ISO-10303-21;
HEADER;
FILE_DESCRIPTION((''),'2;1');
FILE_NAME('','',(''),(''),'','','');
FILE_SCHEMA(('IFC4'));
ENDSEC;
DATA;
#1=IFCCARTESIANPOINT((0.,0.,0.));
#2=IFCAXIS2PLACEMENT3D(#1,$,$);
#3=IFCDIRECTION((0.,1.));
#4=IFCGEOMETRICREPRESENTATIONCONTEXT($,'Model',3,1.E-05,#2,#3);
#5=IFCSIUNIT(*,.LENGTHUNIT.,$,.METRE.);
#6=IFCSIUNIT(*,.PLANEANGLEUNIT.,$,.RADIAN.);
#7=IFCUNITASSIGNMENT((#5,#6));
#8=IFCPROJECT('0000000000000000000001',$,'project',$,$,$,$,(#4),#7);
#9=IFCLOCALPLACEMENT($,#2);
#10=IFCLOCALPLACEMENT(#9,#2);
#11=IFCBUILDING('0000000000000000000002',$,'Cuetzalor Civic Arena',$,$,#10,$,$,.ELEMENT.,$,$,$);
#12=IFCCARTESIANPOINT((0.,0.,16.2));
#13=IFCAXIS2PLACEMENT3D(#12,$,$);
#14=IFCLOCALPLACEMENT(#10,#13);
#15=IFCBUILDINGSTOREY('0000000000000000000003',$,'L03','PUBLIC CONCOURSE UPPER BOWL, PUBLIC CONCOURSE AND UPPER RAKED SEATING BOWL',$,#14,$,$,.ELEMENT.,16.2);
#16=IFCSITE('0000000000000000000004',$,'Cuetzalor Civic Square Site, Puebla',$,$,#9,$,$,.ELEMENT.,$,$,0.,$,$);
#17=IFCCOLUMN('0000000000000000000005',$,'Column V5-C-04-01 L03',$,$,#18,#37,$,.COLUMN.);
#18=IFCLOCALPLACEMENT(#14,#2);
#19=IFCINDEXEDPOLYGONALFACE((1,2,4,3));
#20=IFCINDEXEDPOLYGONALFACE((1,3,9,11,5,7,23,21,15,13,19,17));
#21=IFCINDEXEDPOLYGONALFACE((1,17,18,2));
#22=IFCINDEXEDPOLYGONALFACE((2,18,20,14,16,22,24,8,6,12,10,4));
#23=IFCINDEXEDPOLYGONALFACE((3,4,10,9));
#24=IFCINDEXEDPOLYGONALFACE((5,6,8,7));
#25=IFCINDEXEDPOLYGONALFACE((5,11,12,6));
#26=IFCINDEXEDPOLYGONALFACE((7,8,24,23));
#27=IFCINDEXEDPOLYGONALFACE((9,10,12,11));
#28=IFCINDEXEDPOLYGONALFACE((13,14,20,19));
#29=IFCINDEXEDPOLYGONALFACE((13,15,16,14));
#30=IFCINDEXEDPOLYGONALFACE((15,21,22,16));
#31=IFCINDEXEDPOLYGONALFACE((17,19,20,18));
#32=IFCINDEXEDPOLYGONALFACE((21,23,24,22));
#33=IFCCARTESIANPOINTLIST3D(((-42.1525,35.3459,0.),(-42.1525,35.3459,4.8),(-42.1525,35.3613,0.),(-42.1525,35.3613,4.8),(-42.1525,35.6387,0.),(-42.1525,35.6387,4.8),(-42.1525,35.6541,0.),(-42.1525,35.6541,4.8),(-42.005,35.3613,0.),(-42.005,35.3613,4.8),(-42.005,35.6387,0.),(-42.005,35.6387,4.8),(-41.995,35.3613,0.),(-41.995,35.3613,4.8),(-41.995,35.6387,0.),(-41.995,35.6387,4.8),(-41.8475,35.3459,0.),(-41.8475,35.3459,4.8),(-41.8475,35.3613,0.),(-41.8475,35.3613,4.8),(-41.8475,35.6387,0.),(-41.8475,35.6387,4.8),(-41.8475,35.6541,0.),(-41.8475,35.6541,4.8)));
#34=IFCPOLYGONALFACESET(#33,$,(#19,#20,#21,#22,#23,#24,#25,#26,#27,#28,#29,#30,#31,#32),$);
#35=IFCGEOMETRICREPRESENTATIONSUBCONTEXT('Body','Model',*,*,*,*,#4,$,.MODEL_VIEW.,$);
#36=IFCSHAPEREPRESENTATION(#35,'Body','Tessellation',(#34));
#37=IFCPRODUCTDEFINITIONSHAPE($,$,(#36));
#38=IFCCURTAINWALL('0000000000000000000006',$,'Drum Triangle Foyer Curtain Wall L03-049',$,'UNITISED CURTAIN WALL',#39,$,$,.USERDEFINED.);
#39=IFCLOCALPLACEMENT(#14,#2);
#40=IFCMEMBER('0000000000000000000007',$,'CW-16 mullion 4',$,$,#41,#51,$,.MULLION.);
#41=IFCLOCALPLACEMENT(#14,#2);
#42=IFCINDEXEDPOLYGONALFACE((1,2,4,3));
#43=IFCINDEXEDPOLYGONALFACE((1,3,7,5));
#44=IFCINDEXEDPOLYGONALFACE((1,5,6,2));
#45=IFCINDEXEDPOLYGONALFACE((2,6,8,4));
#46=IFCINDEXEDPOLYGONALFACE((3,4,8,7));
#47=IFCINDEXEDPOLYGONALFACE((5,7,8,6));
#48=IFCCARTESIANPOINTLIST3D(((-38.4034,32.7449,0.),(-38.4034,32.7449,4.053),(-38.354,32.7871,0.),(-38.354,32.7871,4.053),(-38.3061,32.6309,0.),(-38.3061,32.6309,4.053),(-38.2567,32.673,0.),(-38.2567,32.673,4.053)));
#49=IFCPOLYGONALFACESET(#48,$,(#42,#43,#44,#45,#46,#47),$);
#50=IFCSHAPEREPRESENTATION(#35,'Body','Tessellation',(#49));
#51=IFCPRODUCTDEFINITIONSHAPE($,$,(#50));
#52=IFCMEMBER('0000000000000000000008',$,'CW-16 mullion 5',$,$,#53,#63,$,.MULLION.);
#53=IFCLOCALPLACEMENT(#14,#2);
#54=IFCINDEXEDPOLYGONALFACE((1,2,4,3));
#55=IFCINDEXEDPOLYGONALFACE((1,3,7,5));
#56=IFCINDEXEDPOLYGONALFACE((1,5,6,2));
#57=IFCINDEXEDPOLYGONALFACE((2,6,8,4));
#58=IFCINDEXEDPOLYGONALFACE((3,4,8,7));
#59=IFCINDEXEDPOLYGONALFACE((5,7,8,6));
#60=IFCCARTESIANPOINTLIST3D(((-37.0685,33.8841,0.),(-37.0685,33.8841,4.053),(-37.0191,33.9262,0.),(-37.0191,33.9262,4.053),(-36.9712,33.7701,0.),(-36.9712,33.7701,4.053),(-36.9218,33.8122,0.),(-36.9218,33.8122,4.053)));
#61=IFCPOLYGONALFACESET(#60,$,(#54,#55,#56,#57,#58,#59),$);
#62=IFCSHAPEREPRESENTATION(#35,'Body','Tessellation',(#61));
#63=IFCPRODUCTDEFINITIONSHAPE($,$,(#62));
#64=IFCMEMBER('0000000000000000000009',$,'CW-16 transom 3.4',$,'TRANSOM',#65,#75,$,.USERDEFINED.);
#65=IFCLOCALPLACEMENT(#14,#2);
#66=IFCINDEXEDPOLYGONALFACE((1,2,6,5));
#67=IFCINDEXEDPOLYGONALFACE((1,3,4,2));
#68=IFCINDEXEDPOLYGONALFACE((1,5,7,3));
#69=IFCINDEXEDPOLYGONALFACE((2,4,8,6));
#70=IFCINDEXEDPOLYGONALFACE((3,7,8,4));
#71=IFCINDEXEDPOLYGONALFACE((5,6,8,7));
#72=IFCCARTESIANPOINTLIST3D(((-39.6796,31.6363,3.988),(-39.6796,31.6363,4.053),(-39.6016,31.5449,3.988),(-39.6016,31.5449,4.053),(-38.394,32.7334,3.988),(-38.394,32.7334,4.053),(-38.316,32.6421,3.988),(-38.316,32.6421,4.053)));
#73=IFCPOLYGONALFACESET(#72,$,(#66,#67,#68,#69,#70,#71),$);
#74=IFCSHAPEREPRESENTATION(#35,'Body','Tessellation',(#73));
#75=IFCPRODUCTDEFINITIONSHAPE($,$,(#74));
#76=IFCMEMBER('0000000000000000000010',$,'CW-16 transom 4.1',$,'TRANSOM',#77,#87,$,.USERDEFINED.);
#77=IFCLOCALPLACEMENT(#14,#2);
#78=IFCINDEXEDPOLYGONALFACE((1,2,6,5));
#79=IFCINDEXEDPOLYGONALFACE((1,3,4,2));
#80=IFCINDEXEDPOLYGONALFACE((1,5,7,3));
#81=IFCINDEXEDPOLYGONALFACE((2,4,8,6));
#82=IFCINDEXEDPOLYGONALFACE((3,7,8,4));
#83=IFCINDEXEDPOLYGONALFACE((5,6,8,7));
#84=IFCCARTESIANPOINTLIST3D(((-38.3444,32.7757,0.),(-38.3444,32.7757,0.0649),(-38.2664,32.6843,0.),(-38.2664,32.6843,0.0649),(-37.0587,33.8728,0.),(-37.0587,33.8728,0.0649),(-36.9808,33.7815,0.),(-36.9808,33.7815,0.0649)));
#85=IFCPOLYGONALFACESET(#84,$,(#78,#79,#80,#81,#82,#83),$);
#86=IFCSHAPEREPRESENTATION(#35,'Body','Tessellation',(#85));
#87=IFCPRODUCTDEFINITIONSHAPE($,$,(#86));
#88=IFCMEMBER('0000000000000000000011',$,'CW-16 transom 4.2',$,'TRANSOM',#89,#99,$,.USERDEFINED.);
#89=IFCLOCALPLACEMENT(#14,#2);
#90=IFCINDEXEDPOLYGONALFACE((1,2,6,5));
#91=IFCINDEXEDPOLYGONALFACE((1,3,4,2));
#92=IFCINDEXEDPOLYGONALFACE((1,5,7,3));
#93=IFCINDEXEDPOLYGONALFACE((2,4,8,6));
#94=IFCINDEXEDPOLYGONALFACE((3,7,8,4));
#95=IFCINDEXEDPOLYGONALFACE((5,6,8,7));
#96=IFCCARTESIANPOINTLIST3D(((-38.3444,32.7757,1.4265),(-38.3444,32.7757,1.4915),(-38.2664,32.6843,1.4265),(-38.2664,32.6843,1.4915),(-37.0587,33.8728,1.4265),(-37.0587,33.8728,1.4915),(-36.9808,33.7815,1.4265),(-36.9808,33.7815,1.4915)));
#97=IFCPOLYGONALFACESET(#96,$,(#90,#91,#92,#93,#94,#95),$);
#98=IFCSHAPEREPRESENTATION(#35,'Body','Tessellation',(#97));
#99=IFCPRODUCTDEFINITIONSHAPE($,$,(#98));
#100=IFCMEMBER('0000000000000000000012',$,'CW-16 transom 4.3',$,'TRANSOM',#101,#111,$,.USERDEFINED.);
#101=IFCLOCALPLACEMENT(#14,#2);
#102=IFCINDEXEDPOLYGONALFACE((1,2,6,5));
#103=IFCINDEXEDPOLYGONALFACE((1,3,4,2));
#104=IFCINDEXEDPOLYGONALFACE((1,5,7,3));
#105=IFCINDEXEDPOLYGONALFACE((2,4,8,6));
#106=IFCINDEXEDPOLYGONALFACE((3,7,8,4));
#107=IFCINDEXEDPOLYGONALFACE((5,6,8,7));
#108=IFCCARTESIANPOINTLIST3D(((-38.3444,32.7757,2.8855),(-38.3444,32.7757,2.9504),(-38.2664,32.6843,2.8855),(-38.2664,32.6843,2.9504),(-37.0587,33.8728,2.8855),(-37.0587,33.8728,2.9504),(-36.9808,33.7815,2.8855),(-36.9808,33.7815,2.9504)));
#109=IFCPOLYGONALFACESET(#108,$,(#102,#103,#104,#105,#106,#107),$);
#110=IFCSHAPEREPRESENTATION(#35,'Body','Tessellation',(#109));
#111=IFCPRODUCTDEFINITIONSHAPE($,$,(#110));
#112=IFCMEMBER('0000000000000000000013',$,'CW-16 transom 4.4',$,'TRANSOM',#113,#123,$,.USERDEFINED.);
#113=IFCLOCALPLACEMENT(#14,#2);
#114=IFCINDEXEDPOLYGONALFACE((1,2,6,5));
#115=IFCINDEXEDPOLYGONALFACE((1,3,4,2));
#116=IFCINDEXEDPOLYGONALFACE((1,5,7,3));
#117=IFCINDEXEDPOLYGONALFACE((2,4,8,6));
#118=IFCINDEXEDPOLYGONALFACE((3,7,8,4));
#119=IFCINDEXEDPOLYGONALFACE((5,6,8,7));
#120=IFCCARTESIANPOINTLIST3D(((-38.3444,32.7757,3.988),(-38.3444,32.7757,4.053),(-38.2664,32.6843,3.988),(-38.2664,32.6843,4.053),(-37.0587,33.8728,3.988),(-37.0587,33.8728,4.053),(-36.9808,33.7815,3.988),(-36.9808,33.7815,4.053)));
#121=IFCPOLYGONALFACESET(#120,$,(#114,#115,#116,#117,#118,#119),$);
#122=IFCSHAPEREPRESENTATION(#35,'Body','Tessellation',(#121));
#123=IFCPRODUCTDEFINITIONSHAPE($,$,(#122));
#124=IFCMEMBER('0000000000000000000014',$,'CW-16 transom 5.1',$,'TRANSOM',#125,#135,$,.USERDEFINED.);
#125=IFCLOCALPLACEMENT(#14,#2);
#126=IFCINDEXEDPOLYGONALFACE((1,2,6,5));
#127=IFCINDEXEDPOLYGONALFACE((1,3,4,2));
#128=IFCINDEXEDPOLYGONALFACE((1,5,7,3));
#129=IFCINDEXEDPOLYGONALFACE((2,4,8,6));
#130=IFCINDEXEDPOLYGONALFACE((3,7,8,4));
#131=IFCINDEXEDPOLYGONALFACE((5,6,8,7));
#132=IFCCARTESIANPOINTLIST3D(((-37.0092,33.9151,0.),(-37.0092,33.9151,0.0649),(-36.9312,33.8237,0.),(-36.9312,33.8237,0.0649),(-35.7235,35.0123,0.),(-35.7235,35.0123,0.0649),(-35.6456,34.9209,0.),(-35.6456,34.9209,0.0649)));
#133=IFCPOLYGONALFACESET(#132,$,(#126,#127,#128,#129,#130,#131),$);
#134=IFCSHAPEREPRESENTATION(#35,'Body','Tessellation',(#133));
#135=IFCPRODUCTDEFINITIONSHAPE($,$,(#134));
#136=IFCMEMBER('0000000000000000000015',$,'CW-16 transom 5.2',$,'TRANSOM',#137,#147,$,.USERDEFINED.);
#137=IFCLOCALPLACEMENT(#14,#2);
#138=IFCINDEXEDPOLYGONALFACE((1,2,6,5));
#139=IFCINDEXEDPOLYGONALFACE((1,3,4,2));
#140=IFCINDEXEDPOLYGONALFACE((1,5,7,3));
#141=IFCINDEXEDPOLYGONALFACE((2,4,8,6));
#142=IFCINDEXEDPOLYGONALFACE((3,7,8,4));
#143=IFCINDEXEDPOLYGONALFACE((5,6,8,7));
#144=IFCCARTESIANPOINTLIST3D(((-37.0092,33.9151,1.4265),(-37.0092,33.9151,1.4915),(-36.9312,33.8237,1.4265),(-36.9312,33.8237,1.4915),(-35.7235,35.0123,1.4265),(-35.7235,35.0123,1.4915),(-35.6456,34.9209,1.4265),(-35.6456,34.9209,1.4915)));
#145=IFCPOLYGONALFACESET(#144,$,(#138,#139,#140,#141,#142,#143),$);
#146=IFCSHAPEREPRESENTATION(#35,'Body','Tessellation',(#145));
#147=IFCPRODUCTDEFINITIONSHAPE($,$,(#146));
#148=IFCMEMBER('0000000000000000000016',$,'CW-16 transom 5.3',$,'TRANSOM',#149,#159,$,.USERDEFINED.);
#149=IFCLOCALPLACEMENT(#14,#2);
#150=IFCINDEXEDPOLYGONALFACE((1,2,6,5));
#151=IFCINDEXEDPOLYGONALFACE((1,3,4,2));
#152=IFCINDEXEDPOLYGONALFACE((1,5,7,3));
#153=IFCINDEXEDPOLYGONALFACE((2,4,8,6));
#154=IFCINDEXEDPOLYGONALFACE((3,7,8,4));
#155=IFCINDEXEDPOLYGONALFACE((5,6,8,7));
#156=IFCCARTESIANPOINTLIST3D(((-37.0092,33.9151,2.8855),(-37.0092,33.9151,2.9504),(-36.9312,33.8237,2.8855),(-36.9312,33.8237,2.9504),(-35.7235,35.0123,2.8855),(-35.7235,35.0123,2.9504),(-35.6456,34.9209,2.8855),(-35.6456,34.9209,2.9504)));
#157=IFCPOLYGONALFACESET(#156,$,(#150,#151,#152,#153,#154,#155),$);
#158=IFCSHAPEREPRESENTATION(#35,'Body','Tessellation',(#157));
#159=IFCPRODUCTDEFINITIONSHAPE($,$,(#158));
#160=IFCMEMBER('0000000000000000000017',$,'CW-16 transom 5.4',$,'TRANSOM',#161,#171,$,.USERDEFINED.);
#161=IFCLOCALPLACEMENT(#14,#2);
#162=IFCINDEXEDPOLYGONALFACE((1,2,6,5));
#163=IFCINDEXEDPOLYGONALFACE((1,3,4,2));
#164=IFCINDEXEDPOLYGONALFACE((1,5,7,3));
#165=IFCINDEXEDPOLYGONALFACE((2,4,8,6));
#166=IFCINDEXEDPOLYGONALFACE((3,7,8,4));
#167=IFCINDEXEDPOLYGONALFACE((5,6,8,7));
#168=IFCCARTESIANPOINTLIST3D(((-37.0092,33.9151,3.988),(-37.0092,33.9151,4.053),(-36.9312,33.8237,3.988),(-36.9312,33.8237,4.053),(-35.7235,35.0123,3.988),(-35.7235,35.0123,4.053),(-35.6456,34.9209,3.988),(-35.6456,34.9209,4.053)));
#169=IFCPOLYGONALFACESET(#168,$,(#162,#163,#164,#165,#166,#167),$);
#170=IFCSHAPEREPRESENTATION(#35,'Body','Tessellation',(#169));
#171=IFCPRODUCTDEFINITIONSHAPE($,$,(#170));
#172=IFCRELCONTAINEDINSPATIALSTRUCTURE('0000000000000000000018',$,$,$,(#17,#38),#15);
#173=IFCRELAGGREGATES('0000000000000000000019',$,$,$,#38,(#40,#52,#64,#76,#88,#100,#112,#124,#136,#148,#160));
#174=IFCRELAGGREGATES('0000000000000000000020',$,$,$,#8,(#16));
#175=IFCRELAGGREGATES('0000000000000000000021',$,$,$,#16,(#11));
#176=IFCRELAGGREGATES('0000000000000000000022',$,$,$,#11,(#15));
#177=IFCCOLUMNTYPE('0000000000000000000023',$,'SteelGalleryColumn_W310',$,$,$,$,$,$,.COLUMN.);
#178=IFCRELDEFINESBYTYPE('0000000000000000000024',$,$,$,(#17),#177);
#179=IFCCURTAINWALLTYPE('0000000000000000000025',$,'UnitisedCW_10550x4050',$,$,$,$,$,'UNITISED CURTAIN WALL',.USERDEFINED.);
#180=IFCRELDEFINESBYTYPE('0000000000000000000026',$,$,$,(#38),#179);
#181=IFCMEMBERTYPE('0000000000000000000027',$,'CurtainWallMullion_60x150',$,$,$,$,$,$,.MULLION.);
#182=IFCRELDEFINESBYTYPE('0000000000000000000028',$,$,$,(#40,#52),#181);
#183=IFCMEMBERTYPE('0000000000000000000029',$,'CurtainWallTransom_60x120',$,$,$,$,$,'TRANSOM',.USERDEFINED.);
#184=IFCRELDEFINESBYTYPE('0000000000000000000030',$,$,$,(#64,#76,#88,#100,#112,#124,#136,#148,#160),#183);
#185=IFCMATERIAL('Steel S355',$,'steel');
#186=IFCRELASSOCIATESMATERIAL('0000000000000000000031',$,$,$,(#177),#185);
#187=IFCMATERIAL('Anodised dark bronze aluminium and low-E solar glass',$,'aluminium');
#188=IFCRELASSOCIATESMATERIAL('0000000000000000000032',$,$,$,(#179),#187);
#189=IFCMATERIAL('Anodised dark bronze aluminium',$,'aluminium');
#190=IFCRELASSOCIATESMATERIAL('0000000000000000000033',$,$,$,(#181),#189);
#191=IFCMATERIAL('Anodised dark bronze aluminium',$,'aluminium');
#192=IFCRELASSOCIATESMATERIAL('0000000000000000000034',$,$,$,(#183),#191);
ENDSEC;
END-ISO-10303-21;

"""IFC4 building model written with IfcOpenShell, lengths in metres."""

from ifc_helpers import new_model, si_unit, direction, frame, origin, origin_2d, place, context, subcontext, project, spatial, rectangle, i_section, extrude, material, material_profile, profile_set, type_object, element, aggregate, save


model = new_model("IFC4")

# Units and contexts
model_context = context("Model", 3, precision=1e-05, world=origin(), true_north=direction((0.0, 1.0)))
body_context = subcontext(model_context, "Body", "Model", "MODEL_VIEW")
ifc_project = project(units=[si_unit("LENGTHUNIT", "METRE"), si_unit("PLANEANGLEUNIT", "RADIAN")], contexts=[model_context])

# Site, building, storey
site_placement = place(None, origin())
site = spatial("IfcSite", under=ifc_project, at=site_placement, Name="Cuetzalor Civic Square Site, Puebla", CompositionType="ELEMENT", RefElevation=0.0)
building_placement = place(site_placement, origin())
building = spatial("IfcBuilding", under=site, at=building_placement, Name="Cuetzalor Civic Arena", CompositionType="ELEMENT")
storey_placement = place(building_placement, frame((0.0, 0.0, 16.2)))
storey = spatial("IfcBuildingStorey", under=building, at=storey_placement, Name="L03", Description="PUBLIC CONCOURSE UPPER BOWL, PUBLIC CONCOURSE AND UPPER RAKED SEATING BOWL", CompositionType="ELEMENT", Elevation=16.2)

# Column
ifc_material_1 = material(Name="Steel S355", Category="steel")
ifc_material_profile_1 = material_profile(ifc_material_1, i_section(OverallWidth=0.3049, OverallDepth=0.3081, WebThickness=0.01, FlangeThickness=0.0154, at=origin_2d()), Name="W310x97")
ifc_profile_set_1 = profile_set([ifc_material_profile_1], Name="Steel S355")
column_type = type_object("IfcColumnType", Name="SteelGalleryColumn_W310", PredefinedType="COLUMN", material=ifc_profile_set_1)
column_placement = place(storey_placement, frame((-42.0, 35.5, 0.0), z_axis=(0.0, 0.0, 1.0), x_axis=(1.0, 0.0, 0.0)))
element("IfcColumn", 1, at=column_placement, inside=storey, type_object=column_type, Name="Column V5-C-04-01 L03", PredefinedType="COLUMN", context=body_context, shape_type="SweptSolid", body=[
    extrude(i_section(OverallWidth=0.3049, OverallDepth=0.3081, WebThickness=0.01, FlangeThickness=0.0154, at=origin_2d()), origin(), (0.0, 0.0, 1.0), 4.8),
])

# Curtain wall, members
ifc_material_2 = material(Name="Anodised dark bronze aluminium and low-E solar glass", Category="aluminium")
curtain_wall_type = type_object("IfcCurtainWallType", Name="UnitisedCW_10550x4050", ElementType="UNITISED CURTAIN WALL", PredefinedType="USERDEFINED", material=ifc_material_2)
curtain_wall_placement = place(storey_placement, origin())
curtain_wall = element("IfcCurtainWall", 2, at=curtain_wall_placement, inside=storey, type_object=curtain_wall_type, Name="Drum Triangle Foyer Curtain Wall L03-049", ObjectType="UNITISED CURTAIN WALL", PredefinedType="USERDEFINED")
ifc_material_3 = material(Name="Anodised dark bronze aluminium", Category="aluminium")
ifc_material_profile_2 = material_profile(ifc_material_3, rectangle(XDim=0.0649, YDim=0.1499, at=origin_2d()), Name="ALU MULLION 65x150")
ifc_profile_set_2 = profile_set([ifc_material_profile_2], Name="Anodised dark bronze aluminium")
member_type_1 = type_object("IfcMemberType", Name="CurtainWallMullion_60x150", PredefinedType="MULLION", material=ifc_profile_set_2)
member_1_placement = place(storey_placement, frame((-38.3301, 32.709, 0.0), z_axis=(0.0, 0.0, 1.0), x_axis=(0.760677, 0.64913, 0.0)))
member_1 = element("IfcMember", 3, at=member_1_placement, type_object=member_type_1, Name="CW-16 mullion 4", PredefinedType="MULLION", context=body_context, shape_type="SweptSolid", body=[
    extrude(rectangle(XDim=0.0649, YDim=0.1499, at=origin_2d()), origin(), (0.0, 0.0, 1.0), 4.053),
])
member_2_placement = place(storey_placement, frame((-36.9951, 33.8481, 0.0), z_axis=(0.0, 0.0, 1.0), x_axis=(0.760677, 0.64913, 0.0)))
member_2 = element("IfcMember", 4, at=member_2_placement, type_object=member_type_1, Name="CW-16 mullion 5", PredefinedType="MULLION", context=body_context, shape_type="SweptSolid", body=[
    extrude(rectangle(XDim=0.0649, YDim=0.1499, at=origin_2d()), origin(), (0.0, 0.0, 1.0), 4.053),
])
ifc_material_4 = material(Name="Anodised dark bronze aluminium", Category="aluminium")
ifc_material_profile_3 = material_profile(ifc_material_4, rectangle(XDim=0.1201, YDim=0.0649, at=origin_2d()), Name="ALU TRANSOM 65x120")
ifc_profile_set_3 = profile_set([ifc_material_profile_3], Name="Anodised dark bronze aluminium")
member_type_2 = type_object("IfcMemberType", Name="CurtainWallTransom_60x120", ElementType="TRANSOM", PredefinedType="USERDEFINED", material=ifc_profile_set_3)
member_3_placement = place(storey_placement, frame((-39.6406, 31.5906, 4.0205), z_axis=(0.760662, 0.649148, 0.0), x_axis=(-0.649148, 0.760662, 0.0)))
member_3 = element("IfcMember", 5, at=member_3_placement, type_object=member_type_2, Name="CW-16 transom 3.4", ObjectType="TRANSOM", PredefinedType="USERDEFINED", context=body_context, shape_type="SweptSolid", body=[
    extrude(rectangle(XDim=0.1201, YDim=0.0649, at=origin_2d()), origin(), (0.0, 0.0, 1.0), 1.6902),
])
member_4_placement = place(storey_placement, frame((-38.3054, 32.73, 0.0325), z_axis=(0.760662, 0.649148, 0.0), x_axis=(-0.649148, 0.760662, 0.0)))
member_4 = element("IfcMember", 6, at=member_4_placement, type_object=member_type_2, Name="CW-16 transom 4.1", ObjectType="TRANSOM", PredefinedType="USERDEFINED", context=body_context, shape_type="SweptSolid", body=[
    extrude(rectangle(XDim=0.1201, YDim=0.0649, at=origin_2d()), origin(), (0.0, 0.0, 1.0), 1.6902),
])
member_5_placement = place(storey_placement, frame((-38.3054, 32.73, 1.459), z_axis=(0.760662, 0.649148, 0.0), x_axis=(-0.649148, 0.760662, 0.0)))
member_5 = element("IfcMember", 7, at=member_5_placement, type_object=member_type_2, Name="CW-16 transom 4.2", ObjectType="TRANSOM", PredefinedType="USERDEFINED", context=body_context, shape_type="SweptSolid", body=[
    extrude(rectangle(XDim=0.1201, YDim=0.0649, at=origin_2d()), origin(), (0.0, 0.0, 1.0), 1.6902),
])
member_6_placement = place(storey_placement, frame((-38.3054, 32.73, 2.918), z_axis=(0.760662, 0.649148, 0.0), x_axis=(-0.649148, 0.760662, 0.0)))
member_6 = element("IfcMember", 8, at=member_6_placement, type_object=member_type_2, Name="CW-16 transom 4.3", ObjectType="TRANSOM", PredefinedType="USERDEFINED", context=body_context, shape_type="SweptSolid", body=[
    extrude(rectangle(XDim=0.1201, YDim=0.0649, at=origin_2d()), origin(), (0.0, 0.0, 1.0), 1.6902),
])
member_7_placement = place(storey_placement, frame((-38.3054, 32.73, 4.0205), z_axis=(0.760662, 0.649148, 0.0), x_axis=(-0.649148, 0.760662, 0.0)))
member_7 = element("IfcMember", 9, at=member_7_placement, type_object=member_type_2, Name="CW-16 transom 4.4", ObjectType="TRANSOM", PredefinedType="USERDEFINED", context=body_context, shape_type="SweptSolid", body=[
    extrude(rectangle(XDim=0.1201, YDim=0.0649, at=origin_2d()), origin(), (0.0, 0.0, 1.0), 1.6902),
])
member_8_placement = place(storey_placement, frame((-36.9702, 33.8694, 0.0325), z_axis=(0.760662, 0.649148, 0.0), x_axis=(-0.649148, 0.760662, 0.0)))
member_8 = element("IfcMember", 10, at=member_8_placement, type_object=member_type_2, Name="CW-16 transom 5.1", ObjectType="TRANSOM", PredefinedType="USERDEFINED", context=body_context, shape_type="SweptSolid", body=[
    extrude(rectangle(XDim=0.1201, YDim=0.0649, at=origin_2d()), origin(), (0.0, 0.0, 1.0), 1.6902),
])
member_9_placement = place(storey_placement, frame((-36.9702, 33.8694, 1.459), z_axis=(0.760662, 0.649148, 0.0), x_axis=(-0.649148, 0.760662, 0.0)))
member_9 = element("IfcMember", 11, at=member_9_placement, type_object=member_type_2, Name="CW-16 transom 5.2", ObjectType="TRANSOM", PredefinedType="USERDEFINED", context=body_context, shape_type="SweptSolid", body=[
    extrude(rectangle(XDim=0.1201, YDim=0.0649, at=origin_2d()), origin(), (0.0, 0.0, 1.0), 1.6902),
])
member_10_placement = place(storey_placement, frame((-36.9702, 33.8694, 2.918), z_axis=(0.760662, 0.649148, 0.0), x_axis=(-0.649148, 0.760662, 0.0)))
member_10 = element("IfcMember", 12, at=member_10_placement, type_object=member_type_2, Name="CW-16 transom 5.3", ObjectType="TRANSOM", PredefinedType="USERDEFINED", context=body_context, shape_type="SweptSolid", body=[
    extrude(rectangle(XDim=0.1201, YDim=0.0649, at=origin_2d()), origin(), (0.0, 0.0, 1.0), 1.6902),
])
member_11_placement = place(storey_placement, frame((-36.9702, 33.8694, 4.0205), z_axis=(0.760662, 0.649148, 0.0), x_axis=(-0.649148, 0.760662, 0.0)))
member_11 = element("IfcMember", 13, at=member_11_placement, type_object=member_type_2, Name="CW-16 transom 5.4", ObjectType="TRANSOM", PredefinedType="USERDEFINED", context=body_context, shape_type="SweptSolid", body=[
    extrude(rectangle(XDim=0.1201, YDim=0.0649, at=origin_2d()), origin(), (0.0, 0.0, 1.0), 1.6902),
])

aggregate(curtain_wall, [member_1, member_2, member_3, member_4, member_5, member_6, member_7, member_8, member_9, member_10, member_11])

save(model, "model.ifc")
